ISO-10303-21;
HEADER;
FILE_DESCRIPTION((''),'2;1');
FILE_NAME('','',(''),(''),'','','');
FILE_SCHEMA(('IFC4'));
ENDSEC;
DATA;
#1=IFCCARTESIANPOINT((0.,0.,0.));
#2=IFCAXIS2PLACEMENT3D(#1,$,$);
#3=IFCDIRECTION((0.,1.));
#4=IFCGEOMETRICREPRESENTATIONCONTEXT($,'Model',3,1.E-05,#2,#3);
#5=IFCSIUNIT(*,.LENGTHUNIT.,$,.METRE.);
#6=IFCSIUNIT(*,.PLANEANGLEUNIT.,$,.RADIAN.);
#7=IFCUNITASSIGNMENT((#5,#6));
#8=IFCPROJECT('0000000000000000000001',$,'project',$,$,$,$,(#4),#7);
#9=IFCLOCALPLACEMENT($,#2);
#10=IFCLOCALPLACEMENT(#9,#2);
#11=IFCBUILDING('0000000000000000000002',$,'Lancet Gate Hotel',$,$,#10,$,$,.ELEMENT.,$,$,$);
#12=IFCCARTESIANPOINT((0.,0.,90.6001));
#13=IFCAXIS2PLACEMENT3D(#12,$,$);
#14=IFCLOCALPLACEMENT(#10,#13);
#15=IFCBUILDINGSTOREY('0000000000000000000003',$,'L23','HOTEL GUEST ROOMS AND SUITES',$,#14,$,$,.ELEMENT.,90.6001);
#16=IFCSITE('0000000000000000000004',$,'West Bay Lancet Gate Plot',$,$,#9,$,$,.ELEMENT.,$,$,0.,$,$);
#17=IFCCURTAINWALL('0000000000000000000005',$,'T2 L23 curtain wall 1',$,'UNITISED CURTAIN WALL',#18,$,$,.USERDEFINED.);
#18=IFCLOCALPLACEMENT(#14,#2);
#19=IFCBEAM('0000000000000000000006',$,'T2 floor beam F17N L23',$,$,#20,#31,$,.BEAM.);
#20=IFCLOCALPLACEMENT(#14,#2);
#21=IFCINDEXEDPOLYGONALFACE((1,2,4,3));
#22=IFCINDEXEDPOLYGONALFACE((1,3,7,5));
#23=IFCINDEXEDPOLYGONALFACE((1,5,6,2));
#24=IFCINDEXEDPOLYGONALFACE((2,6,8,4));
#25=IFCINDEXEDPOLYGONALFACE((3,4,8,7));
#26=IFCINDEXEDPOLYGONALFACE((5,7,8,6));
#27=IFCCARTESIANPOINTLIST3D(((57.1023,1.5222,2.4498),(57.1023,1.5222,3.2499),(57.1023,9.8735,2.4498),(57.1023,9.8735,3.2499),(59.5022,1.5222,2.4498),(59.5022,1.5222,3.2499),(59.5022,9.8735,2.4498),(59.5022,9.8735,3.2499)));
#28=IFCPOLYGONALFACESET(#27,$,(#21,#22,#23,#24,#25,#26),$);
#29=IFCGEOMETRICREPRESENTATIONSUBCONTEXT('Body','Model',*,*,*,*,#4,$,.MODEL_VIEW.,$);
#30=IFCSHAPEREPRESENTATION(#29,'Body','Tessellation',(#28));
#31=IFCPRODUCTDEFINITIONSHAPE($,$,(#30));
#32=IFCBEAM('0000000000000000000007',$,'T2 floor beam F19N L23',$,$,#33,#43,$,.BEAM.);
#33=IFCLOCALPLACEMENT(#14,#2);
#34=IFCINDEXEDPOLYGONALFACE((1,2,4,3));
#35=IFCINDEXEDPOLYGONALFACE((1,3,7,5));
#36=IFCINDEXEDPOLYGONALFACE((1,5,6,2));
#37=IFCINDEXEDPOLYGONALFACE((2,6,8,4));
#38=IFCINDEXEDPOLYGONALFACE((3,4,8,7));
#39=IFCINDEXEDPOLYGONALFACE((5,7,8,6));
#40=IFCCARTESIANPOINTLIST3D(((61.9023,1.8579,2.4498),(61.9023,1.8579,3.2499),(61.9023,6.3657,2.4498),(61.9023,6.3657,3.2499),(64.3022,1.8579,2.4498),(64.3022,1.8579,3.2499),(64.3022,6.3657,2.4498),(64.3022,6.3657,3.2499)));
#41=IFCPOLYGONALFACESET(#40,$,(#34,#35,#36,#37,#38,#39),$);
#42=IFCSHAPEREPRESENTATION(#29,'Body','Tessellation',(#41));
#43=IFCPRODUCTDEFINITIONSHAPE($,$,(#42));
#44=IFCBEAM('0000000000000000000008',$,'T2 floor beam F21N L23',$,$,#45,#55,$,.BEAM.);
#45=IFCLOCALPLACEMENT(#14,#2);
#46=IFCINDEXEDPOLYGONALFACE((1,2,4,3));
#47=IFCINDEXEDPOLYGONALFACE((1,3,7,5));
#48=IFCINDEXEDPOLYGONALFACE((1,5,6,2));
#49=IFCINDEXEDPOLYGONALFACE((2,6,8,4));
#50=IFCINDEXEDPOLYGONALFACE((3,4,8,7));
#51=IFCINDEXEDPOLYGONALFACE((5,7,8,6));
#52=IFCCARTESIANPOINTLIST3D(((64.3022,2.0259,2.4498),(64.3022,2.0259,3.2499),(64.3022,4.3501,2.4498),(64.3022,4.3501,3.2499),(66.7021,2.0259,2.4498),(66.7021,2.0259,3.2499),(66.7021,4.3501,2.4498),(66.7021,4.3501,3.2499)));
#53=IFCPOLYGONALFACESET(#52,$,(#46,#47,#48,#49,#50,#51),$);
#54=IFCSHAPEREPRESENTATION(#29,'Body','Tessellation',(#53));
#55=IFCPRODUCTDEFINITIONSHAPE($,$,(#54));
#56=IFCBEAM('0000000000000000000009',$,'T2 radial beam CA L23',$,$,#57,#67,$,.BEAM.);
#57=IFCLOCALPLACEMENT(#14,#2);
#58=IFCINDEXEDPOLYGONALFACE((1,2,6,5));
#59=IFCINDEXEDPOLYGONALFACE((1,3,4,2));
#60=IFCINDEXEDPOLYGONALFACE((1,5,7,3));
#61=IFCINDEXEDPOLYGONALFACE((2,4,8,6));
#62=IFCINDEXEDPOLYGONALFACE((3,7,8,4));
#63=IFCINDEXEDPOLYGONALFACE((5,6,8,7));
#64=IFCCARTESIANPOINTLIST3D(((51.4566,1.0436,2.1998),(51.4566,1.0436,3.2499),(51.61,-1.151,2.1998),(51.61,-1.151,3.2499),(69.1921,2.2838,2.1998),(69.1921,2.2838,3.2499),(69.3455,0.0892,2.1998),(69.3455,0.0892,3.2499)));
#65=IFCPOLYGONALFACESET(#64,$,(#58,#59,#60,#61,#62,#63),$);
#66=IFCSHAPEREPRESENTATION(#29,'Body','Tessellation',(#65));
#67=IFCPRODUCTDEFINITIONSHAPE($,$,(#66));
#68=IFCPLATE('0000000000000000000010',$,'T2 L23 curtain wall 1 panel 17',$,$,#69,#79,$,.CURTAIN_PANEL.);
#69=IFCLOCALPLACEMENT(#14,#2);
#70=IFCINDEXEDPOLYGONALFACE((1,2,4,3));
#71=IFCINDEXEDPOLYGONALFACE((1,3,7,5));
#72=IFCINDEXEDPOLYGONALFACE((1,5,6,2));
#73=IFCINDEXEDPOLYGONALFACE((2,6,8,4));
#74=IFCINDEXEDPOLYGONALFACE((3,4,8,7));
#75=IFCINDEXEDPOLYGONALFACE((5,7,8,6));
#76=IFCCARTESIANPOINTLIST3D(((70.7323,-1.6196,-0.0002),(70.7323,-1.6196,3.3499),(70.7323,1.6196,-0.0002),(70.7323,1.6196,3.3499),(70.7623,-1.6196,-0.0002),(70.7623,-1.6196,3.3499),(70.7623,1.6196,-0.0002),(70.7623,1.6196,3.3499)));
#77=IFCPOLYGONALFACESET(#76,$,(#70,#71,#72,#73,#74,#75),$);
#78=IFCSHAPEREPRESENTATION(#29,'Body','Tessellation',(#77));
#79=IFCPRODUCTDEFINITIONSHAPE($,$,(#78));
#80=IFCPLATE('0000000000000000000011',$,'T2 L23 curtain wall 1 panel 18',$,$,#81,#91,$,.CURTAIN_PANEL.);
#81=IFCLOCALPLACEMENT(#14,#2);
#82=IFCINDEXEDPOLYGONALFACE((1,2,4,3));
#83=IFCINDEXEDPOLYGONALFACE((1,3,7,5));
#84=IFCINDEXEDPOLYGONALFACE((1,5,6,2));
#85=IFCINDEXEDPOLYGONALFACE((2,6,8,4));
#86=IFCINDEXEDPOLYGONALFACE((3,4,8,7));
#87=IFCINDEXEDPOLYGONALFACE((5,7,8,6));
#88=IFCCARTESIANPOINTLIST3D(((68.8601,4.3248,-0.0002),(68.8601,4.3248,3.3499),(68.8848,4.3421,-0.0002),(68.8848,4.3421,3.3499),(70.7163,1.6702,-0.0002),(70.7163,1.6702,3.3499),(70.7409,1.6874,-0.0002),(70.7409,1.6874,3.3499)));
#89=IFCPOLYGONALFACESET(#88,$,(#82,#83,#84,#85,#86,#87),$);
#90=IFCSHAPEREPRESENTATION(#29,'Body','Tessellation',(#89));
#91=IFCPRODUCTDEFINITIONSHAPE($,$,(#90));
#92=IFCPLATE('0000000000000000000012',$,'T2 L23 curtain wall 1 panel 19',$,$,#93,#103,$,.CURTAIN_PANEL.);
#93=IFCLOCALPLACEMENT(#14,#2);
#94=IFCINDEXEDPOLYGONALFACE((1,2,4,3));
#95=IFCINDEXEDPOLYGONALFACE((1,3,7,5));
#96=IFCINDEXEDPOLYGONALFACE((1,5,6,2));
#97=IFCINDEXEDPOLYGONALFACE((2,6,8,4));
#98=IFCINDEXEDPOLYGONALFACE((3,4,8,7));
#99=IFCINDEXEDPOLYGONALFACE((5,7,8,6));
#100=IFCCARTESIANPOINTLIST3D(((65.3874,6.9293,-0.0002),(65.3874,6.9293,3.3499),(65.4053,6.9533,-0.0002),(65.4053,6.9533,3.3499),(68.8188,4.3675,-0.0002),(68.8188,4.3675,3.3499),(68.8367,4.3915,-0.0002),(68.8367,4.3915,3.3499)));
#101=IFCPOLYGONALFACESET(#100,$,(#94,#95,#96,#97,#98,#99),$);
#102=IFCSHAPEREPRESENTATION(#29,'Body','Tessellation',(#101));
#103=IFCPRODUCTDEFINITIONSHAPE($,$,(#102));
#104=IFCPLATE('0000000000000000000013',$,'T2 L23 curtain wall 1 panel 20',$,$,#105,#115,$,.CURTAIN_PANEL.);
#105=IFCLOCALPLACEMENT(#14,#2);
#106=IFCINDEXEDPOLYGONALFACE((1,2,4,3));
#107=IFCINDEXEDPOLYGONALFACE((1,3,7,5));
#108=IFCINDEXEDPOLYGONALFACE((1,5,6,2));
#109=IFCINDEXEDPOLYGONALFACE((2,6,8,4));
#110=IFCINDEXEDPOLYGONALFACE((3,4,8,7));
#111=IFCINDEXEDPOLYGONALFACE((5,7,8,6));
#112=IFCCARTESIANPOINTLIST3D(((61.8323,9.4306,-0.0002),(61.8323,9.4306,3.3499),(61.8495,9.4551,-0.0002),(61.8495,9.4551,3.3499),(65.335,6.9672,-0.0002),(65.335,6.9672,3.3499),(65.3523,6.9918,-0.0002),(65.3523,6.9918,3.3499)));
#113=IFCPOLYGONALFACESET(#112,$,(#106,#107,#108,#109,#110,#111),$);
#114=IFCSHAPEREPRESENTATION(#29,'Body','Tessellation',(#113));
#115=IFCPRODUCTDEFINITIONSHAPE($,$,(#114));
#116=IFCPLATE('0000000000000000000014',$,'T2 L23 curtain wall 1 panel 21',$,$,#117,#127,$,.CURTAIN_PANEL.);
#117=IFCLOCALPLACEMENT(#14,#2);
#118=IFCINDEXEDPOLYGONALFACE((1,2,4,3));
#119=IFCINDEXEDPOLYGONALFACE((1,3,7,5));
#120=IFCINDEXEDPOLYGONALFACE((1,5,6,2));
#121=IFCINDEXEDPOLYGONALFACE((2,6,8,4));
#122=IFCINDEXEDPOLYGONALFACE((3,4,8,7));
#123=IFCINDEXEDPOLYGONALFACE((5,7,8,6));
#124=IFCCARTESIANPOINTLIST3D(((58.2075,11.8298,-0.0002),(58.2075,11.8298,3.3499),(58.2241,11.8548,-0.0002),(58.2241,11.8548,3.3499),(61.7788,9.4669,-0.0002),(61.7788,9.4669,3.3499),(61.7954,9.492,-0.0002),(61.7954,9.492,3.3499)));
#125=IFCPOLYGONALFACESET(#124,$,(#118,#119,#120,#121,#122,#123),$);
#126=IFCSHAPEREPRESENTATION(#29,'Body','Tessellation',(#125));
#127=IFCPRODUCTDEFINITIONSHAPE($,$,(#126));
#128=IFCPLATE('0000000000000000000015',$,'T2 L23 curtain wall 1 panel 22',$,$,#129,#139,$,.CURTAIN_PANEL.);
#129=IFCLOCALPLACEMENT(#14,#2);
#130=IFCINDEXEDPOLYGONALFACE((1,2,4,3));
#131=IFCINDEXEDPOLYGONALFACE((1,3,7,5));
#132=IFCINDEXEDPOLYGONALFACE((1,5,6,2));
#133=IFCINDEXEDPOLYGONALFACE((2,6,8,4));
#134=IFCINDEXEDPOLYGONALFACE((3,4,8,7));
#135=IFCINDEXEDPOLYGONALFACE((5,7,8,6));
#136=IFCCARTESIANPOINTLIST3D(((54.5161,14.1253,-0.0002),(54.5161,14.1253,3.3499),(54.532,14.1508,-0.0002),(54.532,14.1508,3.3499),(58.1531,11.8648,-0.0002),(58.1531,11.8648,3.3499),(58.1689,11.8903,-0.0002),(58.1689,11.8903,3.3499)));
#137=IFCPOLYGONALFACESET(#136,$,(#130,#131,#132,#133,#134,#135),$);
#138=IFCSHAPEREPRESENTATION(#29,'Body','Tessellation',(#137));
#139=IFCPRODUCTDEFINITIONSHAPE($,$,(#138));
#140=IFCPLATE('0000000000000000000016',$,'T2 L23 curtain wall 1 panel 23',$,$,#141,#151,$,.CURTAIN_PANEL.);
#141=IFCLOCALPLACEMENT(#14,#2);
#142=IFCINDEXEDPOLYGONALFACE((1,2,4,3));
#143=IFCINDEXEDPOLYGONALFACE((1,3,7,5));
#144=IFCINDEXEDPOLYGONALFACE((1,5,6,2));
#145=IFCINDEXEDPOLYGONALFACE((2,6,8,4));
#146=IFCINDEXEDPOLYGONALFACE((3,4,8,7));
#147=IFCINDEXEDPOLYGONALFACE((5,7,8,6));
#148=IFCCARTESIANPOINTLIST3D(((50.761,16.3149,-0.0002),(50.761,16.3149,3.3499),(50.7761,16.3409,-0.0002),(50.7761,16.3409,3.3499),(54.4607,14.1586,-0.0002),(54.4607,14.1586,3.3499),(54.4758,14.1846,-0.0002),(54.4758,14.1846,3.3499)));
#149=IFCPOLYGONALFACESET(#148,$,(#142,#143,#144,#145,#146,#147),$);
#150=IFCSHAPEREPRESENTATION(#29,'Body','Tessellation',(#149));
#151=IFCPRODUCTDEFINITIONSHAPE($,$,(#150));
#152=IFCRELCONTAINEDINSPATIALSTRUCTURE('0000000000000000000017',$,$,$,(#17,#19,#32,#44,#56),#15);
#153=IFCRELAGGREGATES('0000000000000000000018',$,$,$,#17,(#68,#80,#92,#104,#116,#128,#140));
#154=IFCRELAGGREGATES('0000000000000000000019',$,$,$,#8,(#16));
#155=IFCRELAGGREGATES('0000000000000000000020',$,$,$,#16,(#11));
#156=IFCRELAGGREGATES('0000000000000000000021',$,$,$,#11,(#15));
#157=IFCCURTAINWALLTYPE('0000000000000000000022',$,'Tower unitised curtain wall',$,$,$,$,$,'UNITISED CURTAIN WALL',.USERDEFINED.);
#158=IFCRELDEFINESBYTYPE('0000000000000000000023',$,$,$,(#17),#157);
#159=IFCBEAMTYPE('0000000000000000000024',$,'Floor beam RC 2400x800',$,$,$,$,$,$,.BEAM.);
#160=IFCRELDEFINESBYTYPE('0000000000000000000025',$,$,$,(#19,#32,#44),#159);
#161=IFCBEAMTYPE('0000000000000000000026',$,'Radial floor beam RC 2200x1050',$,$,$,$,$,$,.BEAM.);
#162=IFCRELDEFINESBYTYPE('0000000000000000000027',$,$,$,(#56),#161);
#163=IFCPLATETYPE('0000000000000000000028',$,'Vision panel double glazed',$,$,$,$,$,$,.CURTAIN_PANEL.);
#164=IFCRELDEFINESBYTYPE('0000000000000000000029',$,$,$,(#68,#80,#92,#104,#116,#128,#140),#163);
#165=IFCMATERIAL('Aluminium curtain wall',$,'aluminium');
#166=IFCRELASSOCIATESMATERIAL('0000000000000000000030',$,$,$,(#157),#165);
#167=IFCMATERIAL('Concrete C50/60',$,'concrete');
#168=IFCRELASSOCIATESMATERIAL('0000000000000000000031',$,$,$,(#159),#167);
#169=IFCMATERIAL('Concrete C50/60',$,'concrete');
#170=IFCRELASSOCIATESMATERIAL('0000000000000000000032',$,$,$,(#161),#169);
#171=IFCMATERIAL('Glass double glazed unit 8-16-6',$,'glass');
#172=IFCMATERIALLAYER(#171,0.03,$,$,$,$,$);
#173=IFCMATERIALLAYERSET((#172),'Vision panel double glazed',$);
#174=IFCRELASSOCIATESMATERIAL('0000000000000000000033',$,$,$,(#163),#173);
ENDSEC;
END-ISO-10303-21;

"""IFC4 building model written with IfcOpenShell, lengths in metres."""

from ifc_helpers import new_model, si_unit, direction, frame, origin, origin_2d, place, context, subcontext, project, spatial, rectangle, extrude, material, layer, layer_set, material_profile, profile_set, type_object, element, aggregate, save


model = new_model("IFC4")

# Units and contexts
model_context = context("Model", 3, precision=1e-05, world=origin(), true_north=direction((0.0, 1.0)))
body_context = subcontext(model_context, "Body", "Model", "MODEL_VIEW")
ifc_project = project(units=[si_unit("LENGTHUNIT", "METRE"), si_unit("PLANEANGLEUNIT", "RADIAN")], contexts=[model_context])

# Site, building, storey
site_placement = place(None, origin())
site = spatial("IfcSite", under=ifc_project, at=site_placement, Name="West Bay Lancet Gate Plot", CompositionType="ELEMENT", RefElevation=0.0)
building_placement = place(site_placement, origin())
building = spatial("IfcBuilding", under=site, at=building_placement, Name="Lancet Gate Hotel", CompositionType="ELEMENT")
storey_placement = place(building_placement, frame((0.0, 0.0, 90.6001)))
storey = spatial("IfcBuildingStorey", under=building, at=storey_placement, Name="L23", Description="HOTEL GUEST ROOMS AND SUITES", CompositionType="ELEMENT", Elevation=90.6001)

# Curtain wall
ifc_material_1 = material(Name="Aluminium curtain wall", Category="aluminium")
curtain_wall_type = type_object("IfcCurtainWallType", Name="Tower unitised curtain wall", ElementType="UNITISED CURTAIN WALL", PredefinedType="USERDEFINED", material=ifc_material_1)
curtain_wall_placement = place(storey_placement, origin())
curtain_wall = element("IfcCurtainWall", 1, at=curtain_wall_placement, inside=storey, type_object=curtain_wall_type, Name="T2 L23 curtain wall 1", ObjectType="UNITISED CURTAIN WALL", PredefinedType="USERDEFINED")

# Beams
ifc_material_2 = material(Name="Concrete C50/60", Category="concrete")
ifc_material_profile_1 = material_profile(ifc_material_2, rectangle(XDim=2.3999, YDim=0.8, at=origin_2d()), Name="RC 2400x800")
ifc_profile_set_1 = profile_set([ifc_material_profile_1], Name="Concrete C50/60")
beam_type_1 = type_object("IfcBeamType", Name="Floor beam RC 2400x800", PredefinedType="BEAM", material=ifc_profile_set_1)
beam_1_placement = place(storey_placement, frame((58.3022, 1.5222, 2.8499), z_axis=(0.0, 1.0, 0.0), x_axis=(-1.0, 0.0, 0.0)))
element("IfcBeam", 2, at=beam_1_placement, inside=storey, type_object=beam_type_1, Name="T2 floor beam F17N L23", PredefinedType="BEAM", context=body_context, shape_type="SweptSolid", body=[
    extrude(rectangle(XDim=2.3999, YDim=0.8, at=origin_2d()), origin(), (0.0, 0.0, 1.0), 8.3513),
])
beam_2_placement = place(storey_placement, frame((63.1023, 1.8579, 2.8499), z_axis=(0.0, 1.0, 0.0), x_axis=(-1.0, 0.0, 0.0)))
element("IfcBeam", 3, at=beam_2_placement, inside=storey, type_object=beam_type_1, Name="T2 floor beam F19N L23", PredefinedType="BEAM", context=body_context, shape_type="SweptSolid", body=[
    extrude(rectangle(XDim=2.3999, YDim=0.8, at=origin_2d()), origin(), (0.0, 0.0, 1.0), 4.5078),
])
beam_3_placement = place(storey_placement, frame((65.5022, 2.0259, 2.8499), z_axis=(0.0, 1.0, 0.0), x_axis=(-1.0, 0.0, 0.0)))
element("IfcBeam", 4, at=beam_3_placement, inside=storey, type_object=beam_type_1, Name="T2 floor beam F21N L23", PredefinedType="BEAM", context=body_context, shape_type="SweptSolid", body=[
    extrude(rectangle(XDim=2.3999, YDim=0.8, at=origin_2d()), origin(), (0.0, 0.0, 1.0), 2.3242),
])
ifc_material_3 = material(Name="Concrete C50/60", Category="concrete")
ifc_material_profile_2 = material_profile(ifc_material_3, rectangle(XDim=2.2, YDim=1.05, at=origin_2d()), Name="RC 2200x1050")
ifc_profile_set_2 = profile_set([ifc_material_profile_2], Name="Concrete C50/60")
beam_type_2 = type_object("IfcBeamType", Name="Radial floor beam RC 2200x1050", PredefinedType="BEAM", material=ifc_profile_set_2)
beam_4_placement = place(storey_placement, frame((69.2688, 1.1865, 2.7249), z_axis=(-0.997564, -0.069759, 0.0), x_axis=(0.069759, -0.997564, 0.0)))
element("IfcBeam", 5, at=beam_4_placement, inside=storey, type_object=beam_type_2, Name="T2 radial beam CA L23", PredefinedType="BEAM", context=body_context, shape_type="SweptSolid", body=[
    extrude(rectangle(XDim=2.2, YDim=1.05, at=origin_2d()), origin(), (0.0, 0.0, 1.0), 17.7788),
])

# Plates
ifc_material_4 = material(Name="Glass double glazed unit 8-16-6", Category="glass")
ifc_layer = layer(ifc_material_4, 0.03)
ifc_layer_set = layer_set([ifc_layer], Name="Vision panel double glazed")
plate_type = type_object("IfcPlateType", Name="Vision panel double glazed", PredefinedType="CURTAIN_PANEL", material=ifc_layer_set)
plate_1_placement = place(storey_placement, frame((70.7473, 0.0, -0.0002), z_axis=(0.0, 0.0, 1.0), x_axis=(0.0, 1.0, 0.0)))
plate_1 = element("IfcPlate", 6, at=plate_1_placement, type_object=plate_type, Name="T2 L23 curtain wall 1 panel 17", PredefinedType="CURTAIN_PANEL", context=body_context, shape_type="SweptSolid", body=[
    extrude(rectangle(XDim=3.2393, YDim=0.03, at=origin_2d()), origin(), (0.0, 0.0, 1.0), 3.3501),
])
plate_2_placement = place(storey_placement, frame((69.8005, 3.0061, -0.0002), z_axis=(0.0, 0.0, 1.0), x_axis=(-0.573025, 0.819538, 0.0)))
plate_2 = element("IfcPlate", 7, at=plate_2_placement, type_object=plate_type, Name="T2 L23 curtain wall 1 panel 18", PredefinedType="CURTAIN_PANEL", context=body_context, shape_type="SweptSolid", body=[
    extrude(rectangle(XDim=3.2393, YDim=0.03, at=origin_2d()), origin(), (0.0, 0.0, 1.0), 3.3501),
])
plate_3_placement = place(storey_placement, frame((67.1121, 5.6604, -0.0002), z_axis=(0.0, 0.0, 1.0), x_axis=(-0.801314, 0.598244, 0.0)))
plate_3 = element("IfcPlate", 8, at=plate_3_placement, type_object=plate_type, Name="T2 L23 curtain wall 1 panel 19", PredefinedType="CURTAIN_PANEL", context=body_context, shape_type="SweptSolid", body=[
    extrude(rectangle(XDim=4.2822, YDim=0.03, at=origin_2d()), origin(), (0.0, 0.0, 1.0), 3.3501),
])
plate_4_placement = place(storey_placement, frame((63.5923, 8.2112, -0.0002), z_axis=(0.0, 0.0, 1.0), x_axis=(-0.817979, 0.575247, 0.0)))
plate_4 = element("IfcPlate", 9, at=plate_4_placement, type_object=plate_type, Name="T2 L23 curtain wall 1 panel 20", PredefinedType="CURTAIN_PANEL", context=body_context, shape_type="SweptSolid", body=[
    extrude(rectangle(XDim=4.2822, YDim=0.03, at=origin_2d()), origin(), (0.0, 0.0, 1.0), 3.3501),
])
plate_5_placement = place(storey_placement, frame((60.0015, 10.6609, -0.0002), z_axis=(0.0, 0.0, 1.0), x_axis=(-0.833985, 0.551787, 0.0)))
plate_5 = element("IfcPlate", 10, at=plate_5_placement, type_object=plate_type, Name="T2 L23 curtain wall 1 panel 21", PredefinedType="CURTAIN_PANEL", context=body_context, shape_type="SweptSolid", body=[
    extrude(rectangle(XDim=4.2822, YDim=0.03, at=origin_2d()), origin(), (0.0, 0.0, 1.0), 3.3501),
])
plate_6_placement = place(storey_placement, frame((56.3425, 13.0078, -0.0002), z_axis=(0.0, 0.0, 1.0), x_axis=(-0.849318, 0.527882, 0.0)))
plate_6 = element("IfcPlate", 11, at=plate_6_placement, type_object=plate_type, Name="T2 L23 curtain wall 1 panel 22", PredefinedType="CURTAIN_PANEL", context=body_context, shape_type="SweptSolid", body=[
    extrude(rectangle(XDim=4.2822, YDim=0.03, at=origin_2d()), origin(), (0.0, 0.0, 1.0), 3.3501),
])
plate_7_placement = place(storey_placement, frame((52.6184, 15.2498, -0.0002), z_axis=(0.0, 0.0, 1.0), x_axis=(-0.863966, 0.503551, 0.0)))
plate_7 = element("IfcPlate", 12, at=plate_7_placement, type_object=plate_type, Name="T2 L23 curtain wall 1 panel 23", PredefinedType="CURTAIN_PANEL", context=body_context, shape_type="SweptSolid", body=[
    extrude(rectangle(XDim=4.2822, YDim=0.03, at=origin_2d()), origin(), (0.0, 0.0, 1.0), 3.3501),
])
aggregate(curtain_wall, [plate_1, plate_2, plate_3, plate_4, plate_5, plate_6, plate_7])

save(model, "model.ifc")
